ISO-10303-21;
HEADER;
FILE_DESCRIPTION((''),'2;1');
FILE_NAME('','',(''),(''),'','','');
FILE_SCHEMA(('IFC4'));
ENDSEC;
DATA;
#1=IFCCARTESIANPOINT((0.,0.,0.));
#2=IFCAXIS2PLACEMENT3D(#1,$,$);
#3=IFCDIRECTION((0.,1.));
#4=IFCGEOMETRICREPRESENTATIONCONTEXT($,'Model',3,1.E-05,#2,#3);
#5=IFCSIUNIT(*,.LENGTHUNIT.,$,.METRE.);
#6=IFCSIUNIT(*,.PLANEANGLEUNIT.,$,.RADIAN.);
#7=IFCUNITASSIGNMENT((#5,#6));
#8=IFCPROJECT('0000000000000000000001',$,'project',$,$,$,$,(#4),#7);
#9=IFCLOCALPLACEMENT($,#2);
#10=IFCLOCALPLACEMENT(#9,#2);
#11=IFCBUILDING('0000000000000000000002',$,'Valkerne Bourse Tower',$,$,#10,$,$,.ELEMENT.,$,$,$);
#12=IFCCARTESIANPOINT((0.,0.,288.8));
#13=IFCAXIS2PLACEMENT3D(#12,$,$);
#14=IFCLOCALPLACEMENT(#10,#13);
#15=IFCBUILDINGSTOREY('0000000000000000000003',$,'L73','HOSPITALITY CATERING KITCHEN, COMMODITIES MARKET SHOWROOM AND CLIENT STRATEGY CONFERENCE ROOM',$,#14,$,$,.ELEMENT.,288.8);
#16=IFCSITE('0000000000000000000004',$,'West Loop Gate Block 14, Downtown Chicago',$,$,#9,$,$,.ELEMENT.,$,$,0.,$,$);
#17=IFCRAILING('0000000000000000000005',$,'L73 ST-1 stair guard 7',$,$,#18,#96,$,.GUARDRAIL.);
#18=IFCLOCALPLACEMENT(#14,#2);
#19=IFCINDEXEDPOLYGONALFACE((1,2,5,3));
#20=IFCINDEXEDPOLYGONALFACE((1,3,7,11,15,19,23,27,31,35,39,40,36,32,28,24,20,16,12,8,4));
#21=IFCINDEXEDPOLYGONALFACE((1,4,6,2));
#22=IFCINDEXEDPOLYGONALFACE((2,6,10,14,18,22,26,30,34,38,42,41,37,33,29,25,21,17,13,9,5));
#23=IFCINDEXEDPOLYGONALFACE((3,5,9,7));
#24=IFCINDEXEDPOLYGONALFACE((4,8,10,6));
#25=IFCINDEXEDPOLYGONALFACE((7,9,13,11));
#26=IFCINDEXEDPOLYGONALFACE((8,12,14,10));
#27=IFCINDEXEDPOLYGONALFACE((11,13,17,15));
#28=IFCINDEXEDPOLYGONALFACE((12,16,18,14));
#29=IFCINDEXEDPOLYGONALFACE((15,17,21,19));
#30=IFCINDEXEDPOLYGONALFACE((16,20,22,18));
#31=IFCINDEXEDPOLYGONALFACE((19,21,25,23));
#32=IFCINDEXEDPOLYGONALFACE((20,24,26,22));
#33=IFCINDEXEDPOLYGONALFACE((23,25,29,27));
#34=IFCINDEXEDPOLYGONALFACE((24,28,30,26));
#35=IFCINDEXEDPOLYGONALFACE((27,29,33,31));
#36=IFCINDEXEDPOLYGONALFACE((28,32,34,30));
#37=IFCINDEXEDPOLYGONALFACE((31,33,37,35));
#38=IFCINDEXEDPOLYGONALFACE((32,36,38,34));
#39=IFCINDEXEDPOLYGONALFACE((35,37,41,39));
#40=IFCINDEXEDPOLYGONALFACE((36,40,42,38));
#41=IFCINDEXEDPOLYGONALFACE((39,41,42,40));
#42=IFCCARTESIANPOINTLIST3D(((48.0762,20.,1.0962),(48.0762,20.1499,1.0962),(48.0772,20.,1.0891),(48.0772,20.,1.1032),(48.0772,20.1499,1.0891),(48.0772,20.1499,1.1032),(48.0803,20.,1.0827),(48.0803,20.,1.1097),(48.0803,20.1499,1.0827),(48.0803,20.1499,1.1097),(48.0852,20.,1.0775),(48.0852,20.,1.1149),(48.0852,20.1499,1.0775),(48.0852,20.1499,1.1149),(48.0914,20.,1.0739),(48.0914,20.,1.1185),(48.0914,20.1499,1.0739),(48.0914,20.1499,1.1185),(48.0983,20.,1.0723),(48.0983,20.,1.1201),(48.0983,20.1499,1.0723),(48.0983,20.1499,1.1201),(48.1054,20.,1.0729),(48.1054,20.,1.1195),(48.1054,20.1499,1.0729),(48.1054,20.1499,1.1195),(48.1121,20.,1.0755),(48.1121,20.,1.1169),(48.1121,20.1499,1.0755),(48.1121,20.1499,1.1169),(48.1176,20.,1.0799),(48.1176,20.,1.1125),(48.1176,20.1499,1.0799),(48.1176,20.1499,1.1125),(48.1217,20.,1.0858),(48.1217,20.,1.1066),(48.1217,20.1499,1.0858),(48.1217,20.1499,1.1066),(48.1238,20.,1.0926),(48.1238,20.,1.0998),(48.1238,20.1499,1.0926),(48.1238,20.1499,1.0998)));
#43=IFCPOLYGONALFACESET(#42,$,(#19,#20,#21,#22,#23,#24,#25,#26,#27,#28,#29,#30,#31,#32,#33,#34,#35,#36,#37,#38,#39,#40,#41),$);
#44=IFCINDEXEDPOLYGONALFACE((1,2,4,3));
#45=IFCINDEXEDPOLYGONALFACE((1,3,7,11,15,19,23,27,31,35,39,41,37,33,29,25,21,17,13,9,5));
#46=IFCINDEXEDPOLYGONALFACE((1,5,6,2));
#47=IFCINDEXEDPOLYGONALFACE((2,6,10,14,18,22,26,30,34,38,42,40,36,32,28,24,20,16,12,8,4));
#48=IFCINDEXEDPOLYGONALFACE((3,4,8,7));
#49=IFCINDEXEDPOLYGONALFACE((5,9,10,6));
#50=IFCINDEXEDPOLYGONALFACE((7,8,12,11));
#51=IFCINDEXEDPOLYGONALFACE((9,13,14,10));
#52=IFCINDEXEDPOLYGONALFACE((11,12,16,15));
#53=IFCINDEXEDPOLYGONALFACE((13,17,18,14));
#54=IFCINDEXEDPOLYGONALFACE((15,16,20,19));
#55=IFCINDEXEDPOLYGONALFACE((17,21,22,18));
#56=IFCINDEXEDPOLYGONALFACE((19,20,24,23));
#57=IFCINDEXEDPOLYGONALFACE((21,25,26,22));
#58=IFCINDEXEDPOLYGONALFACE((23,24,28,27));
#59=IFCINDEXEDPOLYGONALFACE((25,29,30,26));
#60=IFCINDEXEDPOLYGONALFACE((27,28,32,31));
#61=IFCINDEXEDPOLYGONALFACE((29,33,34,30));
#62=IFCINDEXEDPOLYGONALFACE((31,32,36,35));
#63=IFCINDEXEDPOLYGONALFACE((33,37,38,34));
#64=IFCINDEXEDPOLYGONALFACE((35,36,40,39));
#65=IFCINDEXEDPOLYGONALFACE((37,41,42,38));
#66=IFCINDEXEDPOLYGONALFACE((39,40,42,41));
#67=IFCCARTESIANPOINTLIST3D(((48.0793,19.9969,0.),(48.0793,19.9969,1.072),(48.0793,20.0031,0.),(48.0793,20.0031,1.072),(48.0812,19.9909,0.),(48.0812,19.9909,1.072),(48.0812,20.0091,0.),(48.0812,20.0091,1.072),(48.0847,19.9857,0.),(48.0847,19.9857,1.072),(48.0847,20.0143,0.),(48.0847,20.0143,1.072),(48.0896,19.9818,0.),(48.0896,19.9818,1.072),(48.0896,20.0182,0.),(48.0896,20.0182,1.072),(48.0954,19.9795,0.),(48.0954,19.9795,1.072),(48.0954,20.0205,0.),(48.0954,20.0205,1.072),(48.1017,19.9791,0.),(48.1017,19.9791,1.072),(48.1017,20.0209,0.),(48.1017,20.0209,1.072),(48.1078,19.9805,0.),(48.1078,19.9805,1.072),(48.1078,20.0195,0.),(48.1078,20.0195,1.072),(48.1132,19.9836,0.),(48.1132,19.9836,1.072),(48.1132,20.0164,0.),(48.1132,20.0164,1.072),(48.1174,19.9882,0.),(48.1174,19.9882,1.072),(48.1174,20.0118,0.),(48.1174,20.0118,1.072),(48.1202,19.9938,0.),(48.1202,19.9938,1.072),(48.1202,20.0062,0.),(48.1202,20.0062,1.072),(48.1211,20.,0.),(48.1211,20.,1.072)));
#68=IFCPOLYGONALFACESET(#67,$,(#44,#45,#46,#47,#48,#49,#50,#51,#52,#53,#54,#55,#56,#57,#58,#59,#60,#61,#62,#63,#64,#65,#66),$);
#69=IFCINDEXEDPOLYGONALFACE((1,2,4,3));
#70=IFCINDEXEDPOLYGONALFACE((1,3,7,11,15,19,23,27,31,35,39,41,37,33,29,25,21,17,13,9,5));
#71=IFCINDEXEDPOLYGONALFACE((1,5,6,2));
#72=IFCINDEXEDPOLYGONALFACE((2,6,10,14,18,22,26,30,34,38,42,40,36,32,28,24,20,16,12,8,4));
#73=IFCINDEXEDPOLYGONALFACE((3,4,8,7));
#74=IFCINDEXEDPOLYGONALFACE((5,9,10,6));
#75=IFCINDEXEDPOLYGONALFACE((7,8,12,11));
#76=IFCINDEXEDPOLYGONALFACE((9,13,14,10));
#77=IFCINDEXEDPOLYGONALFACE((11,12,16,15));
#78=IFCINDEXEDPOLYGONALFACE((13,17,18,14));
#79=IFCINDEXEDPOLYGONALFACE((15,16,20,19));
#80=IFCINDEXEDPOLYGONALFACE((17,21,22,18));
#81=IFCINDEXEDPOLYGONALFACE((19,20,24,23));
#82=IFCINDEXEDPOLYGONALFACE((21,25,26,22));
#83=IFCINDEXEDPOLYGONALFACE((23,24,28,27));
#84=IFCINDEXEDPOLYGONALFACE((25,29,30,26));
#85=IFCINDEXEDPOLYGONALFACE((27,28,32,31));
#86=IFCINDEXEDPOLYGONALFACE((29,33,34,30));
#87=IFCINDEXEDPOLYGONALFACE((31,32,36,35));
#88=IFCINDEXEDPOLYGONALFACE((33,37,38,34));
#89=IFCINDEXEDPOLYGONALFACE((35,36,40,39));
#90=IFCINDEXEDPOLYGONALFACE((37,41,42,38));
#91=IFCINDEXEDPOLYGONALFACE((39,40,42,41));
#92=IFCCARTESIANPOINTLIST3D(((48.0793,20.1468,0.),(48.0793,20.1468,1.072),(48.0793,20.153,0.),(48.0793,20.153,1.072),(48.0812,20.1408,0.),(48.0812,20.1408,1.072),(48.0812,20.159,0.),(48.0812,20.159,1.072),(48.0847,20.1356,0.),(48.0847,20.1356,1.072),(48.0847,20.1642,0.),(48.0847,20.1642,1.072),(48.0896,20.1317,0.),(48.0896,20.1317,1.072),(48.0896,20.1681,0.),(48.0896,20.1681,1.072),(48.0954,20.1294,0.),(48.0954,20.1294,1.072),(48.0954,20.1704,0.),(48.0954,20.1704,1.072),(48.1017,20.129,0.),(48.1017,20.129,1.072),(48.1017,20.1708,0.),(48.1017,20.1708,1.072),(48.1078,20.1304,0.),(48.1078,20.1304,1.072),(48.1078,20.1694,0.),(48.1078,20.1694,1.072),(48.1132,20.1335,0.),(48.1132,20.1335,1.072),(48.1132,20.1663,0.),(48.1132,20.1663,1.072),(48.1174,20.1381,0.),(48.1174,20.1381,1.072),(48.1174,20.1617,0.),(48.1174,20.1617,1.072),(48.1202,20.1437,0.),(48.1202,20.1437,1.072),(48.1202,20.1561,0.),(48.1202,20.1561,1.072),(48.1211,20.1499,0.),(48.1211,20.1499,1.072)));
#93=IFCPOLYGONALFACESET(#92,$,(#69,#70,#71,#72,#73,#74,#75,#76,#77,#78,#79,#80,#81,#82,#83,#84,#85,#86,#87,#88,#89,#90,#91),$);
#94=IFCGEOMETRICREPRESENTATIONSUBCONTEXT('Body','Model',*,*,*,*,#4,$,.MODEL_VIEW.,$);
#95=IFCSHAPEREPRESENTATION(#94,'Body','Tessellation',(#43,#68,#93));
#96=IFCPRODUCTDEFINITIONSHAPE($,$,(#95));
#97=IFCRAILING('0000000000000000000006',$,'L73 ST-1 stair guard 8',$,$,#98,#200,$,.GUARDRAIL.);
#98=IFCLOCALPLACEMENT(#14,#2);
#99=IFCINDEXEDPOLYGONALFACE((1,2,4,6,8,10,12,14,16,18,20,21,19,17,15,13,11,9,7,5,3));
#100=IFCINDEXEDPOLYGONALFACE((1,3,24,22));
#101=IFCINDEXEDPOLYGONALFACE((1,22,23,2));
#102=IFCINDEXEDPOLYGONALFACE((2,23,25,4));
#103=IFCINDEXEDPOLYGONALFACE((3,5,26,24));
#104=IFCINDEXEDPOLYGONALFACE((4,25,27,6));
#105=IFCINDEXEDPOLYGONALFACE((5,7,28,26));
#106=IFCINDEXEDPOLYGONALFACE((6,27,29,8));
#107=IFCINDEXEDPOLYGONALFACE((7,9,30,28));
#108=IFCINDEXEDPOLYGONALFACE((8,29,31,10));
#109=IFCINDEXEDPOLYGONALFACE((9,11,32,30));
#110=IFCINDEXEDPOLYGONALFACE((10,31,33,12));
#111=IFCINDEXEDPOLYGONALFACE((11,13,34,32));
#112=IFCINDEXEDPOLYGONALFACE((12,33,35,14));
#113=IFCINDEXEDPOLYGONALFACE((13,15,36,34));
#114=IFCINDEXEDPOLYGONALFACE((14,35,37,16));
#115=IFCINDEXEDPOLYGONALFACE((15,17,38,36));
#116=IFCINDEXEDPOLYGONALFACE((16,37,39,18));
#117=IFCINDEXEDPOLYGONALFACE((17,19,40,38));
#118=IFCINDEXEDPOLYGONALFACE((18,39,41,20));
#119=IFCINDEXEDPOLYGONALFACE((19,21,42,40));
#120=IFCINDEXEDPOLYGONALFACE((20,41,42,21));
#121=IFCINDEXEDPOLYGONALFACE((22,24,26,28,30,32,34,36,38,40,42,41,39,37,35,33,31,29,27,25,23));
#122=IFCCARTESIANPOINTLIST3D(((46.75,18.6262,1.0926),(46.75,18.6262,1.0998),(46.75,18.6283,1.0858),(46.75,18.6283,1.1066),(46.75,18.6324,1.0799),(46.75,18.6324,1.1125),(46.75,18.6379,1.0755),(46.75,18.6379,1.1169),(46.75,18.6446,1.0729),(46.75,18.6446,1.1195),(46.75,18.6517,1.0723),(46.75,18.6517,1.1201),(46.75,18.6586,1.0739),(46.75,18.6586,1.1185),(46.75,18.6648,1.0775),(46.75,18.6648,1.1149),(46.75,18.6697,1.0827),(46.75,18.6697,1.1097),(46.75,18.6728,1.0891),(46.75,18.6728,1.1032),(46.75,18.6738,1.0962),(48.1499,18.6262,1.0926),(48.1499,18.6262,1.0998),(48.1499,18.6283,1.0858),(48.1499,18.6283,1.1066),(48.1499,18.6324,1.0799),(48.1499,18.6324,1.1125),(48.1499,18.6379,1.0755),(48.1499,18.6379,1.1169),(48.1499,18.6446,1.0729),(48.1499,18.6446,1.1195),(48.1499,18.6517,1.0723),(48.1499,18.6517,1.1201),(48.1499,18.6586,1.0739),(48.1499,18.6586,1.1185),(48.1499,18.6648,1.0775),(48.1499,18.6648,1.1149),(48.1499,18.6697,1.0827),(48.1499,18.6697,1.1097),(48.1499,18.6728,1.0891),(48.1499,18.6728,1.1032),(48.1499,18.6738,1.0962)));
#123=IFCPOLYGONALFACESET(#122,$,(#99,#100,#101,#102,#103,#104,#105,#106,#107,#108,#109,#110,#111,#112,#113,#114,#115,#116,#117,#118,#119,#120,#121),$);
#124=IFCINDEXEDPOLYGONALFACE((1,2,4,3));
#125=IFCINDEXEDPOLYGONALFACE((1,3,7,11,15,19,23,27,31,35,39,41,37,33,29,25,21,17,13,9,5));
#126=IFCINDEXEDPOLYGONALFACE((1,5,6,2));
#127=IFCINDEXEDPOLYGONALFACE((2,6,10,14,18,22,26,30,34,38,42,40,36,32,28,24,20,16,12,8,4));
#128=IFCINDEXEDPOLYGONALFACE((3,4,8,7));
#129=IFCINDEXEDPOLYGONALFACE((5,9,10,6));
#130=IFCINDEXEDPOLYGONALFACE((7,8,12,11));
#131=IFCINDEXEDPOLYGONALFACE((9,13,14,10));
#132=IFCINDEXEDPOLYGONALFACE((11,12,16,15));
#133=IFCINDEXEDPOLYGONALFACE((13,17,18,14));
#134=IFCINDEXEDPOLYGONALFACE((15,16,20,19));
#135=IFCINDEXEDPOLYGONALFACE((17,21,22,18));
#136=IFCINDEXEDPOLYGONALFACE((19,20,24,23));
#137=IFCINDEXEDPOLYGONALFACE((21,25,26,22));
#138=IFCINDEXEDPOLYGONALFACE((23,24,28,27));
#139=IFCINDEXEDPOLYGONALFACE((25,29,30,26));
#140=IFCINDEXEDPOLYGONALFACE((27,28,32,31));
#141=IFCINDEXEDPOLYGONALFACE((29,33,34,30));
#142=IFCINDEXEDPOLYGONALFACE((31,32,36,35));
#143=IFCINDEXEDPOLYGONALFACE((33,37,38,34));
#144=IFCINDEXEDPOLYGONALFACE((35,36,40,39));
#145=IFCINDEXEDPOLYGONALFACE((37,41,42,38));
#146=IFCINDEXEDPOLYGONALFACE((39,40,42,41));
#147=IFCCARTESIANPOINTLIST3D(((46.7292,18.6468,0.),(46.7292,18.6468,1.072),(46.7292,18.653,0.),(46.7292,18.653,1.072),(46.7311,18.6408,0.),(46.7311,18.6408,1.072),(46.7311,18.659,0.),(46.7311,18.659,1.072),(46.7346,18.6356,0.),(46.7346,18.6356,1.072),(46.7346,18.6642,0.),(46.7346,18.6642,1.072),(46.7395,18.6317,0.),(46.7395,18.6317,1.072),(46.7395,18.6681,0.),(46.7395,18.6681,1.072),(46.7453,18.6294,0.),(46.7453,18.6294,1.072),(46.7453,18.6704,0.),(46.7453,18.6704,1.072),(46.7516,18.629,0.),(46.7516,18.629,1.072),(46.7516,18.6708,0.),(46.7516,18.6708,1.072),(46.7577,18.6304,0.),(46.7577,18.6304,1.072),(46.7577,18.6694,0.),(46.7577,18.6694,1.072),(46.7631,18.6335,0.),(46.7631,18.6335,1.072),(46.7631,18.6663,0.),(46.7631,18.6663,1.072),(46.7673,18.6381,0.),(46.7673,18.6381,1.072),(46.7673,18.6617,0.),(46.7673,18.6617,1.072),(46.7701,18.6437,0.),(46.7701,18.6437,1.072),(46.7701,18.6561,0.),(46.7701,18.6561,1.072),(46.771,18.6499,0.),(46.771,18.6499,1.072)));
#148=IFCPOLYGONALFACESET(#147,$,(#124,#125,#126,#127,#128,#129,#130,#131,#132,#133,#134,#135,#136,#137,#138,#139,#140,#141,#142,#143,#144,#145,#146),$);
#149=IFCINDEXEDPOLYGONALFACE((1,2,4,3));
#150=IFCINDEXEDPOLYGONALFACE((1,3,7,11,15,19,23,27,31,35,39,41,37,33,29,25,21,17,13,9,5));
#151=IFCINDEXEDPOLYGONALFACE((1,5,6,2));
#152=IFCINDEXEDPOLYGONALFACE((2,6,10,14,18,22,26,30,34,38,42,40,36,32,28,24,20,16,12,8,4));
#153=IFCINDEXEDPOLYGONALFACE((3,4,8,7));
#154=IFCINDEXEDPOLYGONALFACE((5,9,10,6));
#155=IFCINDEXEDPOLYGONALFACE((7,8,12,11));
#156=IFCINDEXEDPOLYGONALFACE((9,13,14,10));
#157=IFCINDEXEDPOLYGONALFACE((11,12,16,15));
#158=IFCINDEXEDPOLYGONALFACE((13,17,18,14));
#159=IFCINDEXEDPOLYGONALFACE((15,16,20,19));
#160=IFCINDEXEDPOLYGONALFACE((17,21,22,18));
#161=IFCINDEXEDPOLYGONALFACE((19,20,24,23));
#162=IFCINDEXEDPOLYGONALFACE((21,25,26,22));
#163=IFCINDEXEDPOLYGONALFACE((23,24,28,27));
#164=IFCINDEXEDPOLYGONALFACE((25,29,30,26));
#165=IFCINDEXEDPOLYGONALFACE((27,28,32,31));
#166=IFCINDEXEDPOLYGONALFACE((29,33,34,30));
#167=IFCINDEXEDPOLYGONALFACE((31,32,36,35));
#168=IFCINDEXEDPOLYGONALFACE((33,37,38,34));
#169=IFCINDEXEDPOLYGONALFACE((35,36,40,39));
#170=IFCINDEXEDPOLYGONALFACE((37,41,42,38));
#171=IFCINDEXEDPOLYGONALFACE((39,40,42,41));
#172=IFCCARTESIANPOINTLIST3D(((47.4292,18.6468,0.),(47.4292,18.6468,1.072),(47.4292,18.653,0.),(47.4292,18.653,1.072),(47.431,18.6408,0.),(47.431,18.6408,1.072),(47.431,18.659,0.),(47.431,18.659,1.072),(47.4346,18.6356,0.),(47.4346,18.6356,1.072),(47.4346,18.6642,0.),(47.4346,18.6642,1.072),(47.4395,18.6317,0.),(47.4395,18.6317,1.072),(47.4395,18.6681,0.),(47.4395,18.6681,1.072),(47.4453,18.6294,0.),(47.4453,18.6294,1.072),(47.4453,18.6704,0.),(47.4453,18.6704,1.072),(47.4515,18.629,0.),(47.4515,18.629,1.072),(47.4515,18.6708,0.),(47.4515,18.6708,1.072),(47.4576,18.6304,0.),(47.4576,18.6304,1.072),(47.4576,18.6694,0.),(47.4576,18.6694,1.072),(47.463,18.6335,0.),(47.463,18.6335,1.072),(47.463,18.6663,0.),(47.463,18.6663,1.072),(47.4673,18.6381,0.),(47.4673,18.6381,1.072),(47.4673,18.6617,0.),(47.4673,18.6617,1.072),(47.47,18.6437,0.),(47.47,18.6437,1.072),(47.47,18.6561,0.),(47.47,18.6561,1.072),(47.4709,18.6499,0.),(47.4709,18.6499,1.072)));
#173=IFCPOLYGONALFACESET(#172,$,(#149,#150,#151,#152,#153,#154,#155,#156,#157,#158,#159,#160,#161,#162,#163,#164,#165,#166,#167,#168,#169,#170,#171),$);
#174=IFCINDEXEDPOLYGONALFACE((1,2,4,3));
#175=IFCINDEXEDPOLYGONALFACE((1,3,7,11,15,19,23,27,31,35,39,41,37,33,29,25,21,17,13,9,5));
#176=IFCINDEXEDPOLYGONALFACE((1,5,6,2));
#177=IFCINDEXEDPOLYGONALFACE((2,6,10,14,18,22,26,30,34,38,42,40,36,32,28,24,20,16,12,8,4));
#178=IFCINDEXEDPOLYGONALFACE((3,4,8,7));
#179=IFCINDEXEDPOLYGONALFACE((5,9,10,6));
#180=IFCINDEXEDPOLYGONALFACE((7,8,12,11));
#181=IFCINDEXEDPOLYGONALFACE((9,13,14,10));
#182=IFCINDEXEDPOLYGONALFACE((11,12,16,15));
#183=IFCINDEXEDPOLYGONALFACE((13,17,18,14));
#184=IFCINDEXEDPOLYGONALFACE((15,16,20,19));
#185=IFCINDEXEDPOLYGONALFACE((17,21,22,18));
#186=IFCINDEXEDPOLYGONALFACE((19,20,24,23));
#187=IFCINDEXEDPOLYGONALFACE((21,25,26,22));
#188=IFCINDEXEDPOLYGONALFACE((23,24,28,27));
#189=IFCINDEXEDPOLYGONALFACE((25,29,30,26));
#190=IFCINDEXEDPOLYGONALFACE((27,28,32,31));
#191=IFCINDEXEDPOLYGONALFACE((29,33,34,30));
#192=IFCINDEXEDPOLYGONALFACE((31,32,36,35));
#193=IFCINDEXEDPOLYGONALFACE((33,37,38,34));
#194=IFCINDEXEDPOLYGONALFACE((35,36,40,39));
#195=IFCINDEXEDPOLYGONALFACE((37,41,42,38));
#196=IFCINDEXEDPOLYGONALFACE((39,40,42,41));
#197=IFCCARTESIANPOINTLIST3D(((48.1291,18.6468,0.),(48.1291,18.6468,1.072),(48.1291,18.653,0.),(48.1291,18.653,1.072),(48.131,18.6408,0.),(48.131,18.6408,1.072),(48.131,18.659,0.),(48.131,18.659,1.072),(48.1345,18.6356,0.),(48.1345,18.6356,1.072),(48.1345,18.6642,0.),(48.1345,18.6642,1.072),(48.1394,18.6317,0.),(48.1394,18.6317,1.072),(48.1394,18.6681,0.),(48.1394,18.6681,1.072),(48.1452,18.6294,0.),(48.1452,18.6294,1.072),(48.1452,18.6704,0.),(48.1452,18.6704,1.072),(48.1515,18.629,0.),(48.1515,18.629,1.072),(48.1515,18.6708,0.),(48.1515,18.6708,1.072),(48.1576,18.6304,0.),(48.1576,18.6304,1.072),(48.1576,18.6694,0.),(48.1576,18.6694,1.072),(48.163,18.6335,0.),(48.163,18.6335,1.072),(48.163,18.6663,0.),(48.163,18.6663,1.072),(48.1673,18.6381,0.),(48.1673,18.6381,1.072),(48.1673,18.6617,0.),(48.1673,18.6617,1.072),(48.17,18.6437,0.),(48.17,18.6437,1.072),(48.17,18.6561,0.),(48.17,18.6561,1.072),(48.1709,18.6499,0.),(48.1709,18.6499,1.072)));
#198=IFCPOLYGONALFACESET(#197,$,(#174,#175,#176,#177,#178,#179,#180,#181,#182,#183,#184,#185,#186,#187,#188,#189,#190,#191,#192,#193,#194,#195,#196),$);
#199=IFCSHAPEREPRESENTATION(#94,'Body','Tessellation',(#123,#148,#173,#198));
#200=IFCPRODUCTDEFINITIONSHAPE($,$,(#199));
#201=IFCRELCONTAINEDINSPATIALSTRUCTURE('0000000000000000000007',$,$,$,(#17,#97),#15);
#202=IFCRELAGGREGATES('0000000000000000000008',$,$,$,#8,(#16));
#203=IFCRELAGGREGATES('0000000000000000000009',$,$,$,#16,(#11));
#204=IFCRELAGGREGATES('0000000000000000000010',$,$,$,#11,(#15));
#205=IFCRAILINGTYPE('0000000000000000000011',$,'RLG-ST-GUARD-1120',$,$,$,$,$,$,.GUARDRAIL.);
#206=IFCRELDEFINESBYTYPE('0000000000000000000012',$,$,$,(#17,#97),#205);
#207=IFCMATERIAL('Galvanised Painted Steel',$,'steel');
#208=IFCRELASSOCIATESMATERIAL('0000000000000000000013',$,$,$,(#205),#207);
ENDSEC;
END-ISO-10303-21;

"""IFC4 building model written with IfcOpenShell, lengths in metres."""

from ifc_helpers import new_model, si_unit, direction, frame, origin, origin_2d, place, context, subcontext, project, spatial, circle, extrude, material, type_object, element, save


model = new_model("IFC4")

# Units and contexts
model_context = context("Model", 3, precision=1e-05, world=origin(), true_north=direction((0.0, 1.0)))
body_context = subcontext(model_context, "Body", "Model", "MODEL_VIEW")
ifc_project = project(units=[si_unit("LENGTHUNIT", "METRE"), si_unit("PLANEANGLEUNIT", "RADIAN")], contexts=[model_context])

# Site, building, storey
site_placement = place(None, origin())
site = spatial("IfcSite", under=ifc_project, at=site_placement, Name="West Loop Gate Block 14, Downtown Chicago", CompositionType="ELEMENT", RefElevation=0.0)
building_placement = place(site_placement, origin())
building = spatial("IfcBuilding", under=site, at=building_placement, Name="Valkerne Bourse Tower", CompositionType="ELEMENT")
storey_placement = place(building_placement, frame((0.0, 0.0, 288.8)))
storey = spatial("IfcBuildingStorey", under=building, at=storey_placement, Name="L73", Description="HOSPITALITY CATERING KITCHEN, COMMODITIES MARKET SHOWROOM AND CLIENT STRATEGY CONFERENCE ROOM", CompositionType="ELEMENT", Elevation=288.8)

# Shared definitions
ifc_material_1 = material(Name="Galvanised Painted Steel", Category="steel")

# Railings
railing_type_1 = type_object("IfcRailingType", Name="RLG-ST-GUARD-1120", PredefinedType="GUARDRAIL", material=ifc_material_1)
railing_1_placement = place(storey_placement, frame((48.1001, 20.0, 0.0)))
element("IfcRailing", 1, at=railing_1_placement, inside=storey, type_object=railing_type_1, Name="L73 ST-1 stair guard 7", PredefinedType="GUARDRAIL", context=body_context, shape_type="SweptSolid", body=[
    extrude(circle(Radius=0.0239, at=origin_2d()), frame((0.0, 0.0, 1.0962), z_axis=(0.0, 1.0, 0.0), x_axis=(-1.0, 0.0, 0.0)), (0.0, 0.0, 1.0), 0.1499),
    extrude(circle(Radius=0.021, at=origin_2d()), origin(), (0.0, 0.0, 1.0), 1.072),
    extrude(circle(Radius=0.021, at=origin_2d()), frame((0.0, 0.1499, 0.0)), (0.0, 0.0, 1.0), 1.072),
])
for number, where, name in (
    (2, (46.75, 18.6499, 0.0), "L73 ST-1 stair guard 8"),
):
    element("IfcRailing", number, at=place(storey_placement, frame(where)), inside=storey, type_object=railing_type_1, Name=name, PredefinedType="GUARDRAIL", context=body_context, shape_type="SweptSolid", body=[
        extrude(circle(Radius=0.0239, at=origin_2d()), frame((0.0, 0.0, 1.0962), z_axis=(1.0, 0.0, 0.0), x_axis=(0.0, 1.0, 0.0)), (0.0, 0.0, 1.0), 1.3999),
        extrude(circle(Radius=0.021, at=origin_2d()), origin(), (0.0, 0.0, 1.0), 1.072),
        extrude(circle(Radius=0.021, at=origin_2d()), frame((0.7, 0.0, 0.0)), (0.0, 0.0, 1.0), 1.072),
        extrude(circle(Radius=0.021, at=origin_2d()), frame((1.3999, 0.0, 0.0)), (0.0, 0.0, 1.0), 1.072),
    ])

save(model, "model.ifc")
